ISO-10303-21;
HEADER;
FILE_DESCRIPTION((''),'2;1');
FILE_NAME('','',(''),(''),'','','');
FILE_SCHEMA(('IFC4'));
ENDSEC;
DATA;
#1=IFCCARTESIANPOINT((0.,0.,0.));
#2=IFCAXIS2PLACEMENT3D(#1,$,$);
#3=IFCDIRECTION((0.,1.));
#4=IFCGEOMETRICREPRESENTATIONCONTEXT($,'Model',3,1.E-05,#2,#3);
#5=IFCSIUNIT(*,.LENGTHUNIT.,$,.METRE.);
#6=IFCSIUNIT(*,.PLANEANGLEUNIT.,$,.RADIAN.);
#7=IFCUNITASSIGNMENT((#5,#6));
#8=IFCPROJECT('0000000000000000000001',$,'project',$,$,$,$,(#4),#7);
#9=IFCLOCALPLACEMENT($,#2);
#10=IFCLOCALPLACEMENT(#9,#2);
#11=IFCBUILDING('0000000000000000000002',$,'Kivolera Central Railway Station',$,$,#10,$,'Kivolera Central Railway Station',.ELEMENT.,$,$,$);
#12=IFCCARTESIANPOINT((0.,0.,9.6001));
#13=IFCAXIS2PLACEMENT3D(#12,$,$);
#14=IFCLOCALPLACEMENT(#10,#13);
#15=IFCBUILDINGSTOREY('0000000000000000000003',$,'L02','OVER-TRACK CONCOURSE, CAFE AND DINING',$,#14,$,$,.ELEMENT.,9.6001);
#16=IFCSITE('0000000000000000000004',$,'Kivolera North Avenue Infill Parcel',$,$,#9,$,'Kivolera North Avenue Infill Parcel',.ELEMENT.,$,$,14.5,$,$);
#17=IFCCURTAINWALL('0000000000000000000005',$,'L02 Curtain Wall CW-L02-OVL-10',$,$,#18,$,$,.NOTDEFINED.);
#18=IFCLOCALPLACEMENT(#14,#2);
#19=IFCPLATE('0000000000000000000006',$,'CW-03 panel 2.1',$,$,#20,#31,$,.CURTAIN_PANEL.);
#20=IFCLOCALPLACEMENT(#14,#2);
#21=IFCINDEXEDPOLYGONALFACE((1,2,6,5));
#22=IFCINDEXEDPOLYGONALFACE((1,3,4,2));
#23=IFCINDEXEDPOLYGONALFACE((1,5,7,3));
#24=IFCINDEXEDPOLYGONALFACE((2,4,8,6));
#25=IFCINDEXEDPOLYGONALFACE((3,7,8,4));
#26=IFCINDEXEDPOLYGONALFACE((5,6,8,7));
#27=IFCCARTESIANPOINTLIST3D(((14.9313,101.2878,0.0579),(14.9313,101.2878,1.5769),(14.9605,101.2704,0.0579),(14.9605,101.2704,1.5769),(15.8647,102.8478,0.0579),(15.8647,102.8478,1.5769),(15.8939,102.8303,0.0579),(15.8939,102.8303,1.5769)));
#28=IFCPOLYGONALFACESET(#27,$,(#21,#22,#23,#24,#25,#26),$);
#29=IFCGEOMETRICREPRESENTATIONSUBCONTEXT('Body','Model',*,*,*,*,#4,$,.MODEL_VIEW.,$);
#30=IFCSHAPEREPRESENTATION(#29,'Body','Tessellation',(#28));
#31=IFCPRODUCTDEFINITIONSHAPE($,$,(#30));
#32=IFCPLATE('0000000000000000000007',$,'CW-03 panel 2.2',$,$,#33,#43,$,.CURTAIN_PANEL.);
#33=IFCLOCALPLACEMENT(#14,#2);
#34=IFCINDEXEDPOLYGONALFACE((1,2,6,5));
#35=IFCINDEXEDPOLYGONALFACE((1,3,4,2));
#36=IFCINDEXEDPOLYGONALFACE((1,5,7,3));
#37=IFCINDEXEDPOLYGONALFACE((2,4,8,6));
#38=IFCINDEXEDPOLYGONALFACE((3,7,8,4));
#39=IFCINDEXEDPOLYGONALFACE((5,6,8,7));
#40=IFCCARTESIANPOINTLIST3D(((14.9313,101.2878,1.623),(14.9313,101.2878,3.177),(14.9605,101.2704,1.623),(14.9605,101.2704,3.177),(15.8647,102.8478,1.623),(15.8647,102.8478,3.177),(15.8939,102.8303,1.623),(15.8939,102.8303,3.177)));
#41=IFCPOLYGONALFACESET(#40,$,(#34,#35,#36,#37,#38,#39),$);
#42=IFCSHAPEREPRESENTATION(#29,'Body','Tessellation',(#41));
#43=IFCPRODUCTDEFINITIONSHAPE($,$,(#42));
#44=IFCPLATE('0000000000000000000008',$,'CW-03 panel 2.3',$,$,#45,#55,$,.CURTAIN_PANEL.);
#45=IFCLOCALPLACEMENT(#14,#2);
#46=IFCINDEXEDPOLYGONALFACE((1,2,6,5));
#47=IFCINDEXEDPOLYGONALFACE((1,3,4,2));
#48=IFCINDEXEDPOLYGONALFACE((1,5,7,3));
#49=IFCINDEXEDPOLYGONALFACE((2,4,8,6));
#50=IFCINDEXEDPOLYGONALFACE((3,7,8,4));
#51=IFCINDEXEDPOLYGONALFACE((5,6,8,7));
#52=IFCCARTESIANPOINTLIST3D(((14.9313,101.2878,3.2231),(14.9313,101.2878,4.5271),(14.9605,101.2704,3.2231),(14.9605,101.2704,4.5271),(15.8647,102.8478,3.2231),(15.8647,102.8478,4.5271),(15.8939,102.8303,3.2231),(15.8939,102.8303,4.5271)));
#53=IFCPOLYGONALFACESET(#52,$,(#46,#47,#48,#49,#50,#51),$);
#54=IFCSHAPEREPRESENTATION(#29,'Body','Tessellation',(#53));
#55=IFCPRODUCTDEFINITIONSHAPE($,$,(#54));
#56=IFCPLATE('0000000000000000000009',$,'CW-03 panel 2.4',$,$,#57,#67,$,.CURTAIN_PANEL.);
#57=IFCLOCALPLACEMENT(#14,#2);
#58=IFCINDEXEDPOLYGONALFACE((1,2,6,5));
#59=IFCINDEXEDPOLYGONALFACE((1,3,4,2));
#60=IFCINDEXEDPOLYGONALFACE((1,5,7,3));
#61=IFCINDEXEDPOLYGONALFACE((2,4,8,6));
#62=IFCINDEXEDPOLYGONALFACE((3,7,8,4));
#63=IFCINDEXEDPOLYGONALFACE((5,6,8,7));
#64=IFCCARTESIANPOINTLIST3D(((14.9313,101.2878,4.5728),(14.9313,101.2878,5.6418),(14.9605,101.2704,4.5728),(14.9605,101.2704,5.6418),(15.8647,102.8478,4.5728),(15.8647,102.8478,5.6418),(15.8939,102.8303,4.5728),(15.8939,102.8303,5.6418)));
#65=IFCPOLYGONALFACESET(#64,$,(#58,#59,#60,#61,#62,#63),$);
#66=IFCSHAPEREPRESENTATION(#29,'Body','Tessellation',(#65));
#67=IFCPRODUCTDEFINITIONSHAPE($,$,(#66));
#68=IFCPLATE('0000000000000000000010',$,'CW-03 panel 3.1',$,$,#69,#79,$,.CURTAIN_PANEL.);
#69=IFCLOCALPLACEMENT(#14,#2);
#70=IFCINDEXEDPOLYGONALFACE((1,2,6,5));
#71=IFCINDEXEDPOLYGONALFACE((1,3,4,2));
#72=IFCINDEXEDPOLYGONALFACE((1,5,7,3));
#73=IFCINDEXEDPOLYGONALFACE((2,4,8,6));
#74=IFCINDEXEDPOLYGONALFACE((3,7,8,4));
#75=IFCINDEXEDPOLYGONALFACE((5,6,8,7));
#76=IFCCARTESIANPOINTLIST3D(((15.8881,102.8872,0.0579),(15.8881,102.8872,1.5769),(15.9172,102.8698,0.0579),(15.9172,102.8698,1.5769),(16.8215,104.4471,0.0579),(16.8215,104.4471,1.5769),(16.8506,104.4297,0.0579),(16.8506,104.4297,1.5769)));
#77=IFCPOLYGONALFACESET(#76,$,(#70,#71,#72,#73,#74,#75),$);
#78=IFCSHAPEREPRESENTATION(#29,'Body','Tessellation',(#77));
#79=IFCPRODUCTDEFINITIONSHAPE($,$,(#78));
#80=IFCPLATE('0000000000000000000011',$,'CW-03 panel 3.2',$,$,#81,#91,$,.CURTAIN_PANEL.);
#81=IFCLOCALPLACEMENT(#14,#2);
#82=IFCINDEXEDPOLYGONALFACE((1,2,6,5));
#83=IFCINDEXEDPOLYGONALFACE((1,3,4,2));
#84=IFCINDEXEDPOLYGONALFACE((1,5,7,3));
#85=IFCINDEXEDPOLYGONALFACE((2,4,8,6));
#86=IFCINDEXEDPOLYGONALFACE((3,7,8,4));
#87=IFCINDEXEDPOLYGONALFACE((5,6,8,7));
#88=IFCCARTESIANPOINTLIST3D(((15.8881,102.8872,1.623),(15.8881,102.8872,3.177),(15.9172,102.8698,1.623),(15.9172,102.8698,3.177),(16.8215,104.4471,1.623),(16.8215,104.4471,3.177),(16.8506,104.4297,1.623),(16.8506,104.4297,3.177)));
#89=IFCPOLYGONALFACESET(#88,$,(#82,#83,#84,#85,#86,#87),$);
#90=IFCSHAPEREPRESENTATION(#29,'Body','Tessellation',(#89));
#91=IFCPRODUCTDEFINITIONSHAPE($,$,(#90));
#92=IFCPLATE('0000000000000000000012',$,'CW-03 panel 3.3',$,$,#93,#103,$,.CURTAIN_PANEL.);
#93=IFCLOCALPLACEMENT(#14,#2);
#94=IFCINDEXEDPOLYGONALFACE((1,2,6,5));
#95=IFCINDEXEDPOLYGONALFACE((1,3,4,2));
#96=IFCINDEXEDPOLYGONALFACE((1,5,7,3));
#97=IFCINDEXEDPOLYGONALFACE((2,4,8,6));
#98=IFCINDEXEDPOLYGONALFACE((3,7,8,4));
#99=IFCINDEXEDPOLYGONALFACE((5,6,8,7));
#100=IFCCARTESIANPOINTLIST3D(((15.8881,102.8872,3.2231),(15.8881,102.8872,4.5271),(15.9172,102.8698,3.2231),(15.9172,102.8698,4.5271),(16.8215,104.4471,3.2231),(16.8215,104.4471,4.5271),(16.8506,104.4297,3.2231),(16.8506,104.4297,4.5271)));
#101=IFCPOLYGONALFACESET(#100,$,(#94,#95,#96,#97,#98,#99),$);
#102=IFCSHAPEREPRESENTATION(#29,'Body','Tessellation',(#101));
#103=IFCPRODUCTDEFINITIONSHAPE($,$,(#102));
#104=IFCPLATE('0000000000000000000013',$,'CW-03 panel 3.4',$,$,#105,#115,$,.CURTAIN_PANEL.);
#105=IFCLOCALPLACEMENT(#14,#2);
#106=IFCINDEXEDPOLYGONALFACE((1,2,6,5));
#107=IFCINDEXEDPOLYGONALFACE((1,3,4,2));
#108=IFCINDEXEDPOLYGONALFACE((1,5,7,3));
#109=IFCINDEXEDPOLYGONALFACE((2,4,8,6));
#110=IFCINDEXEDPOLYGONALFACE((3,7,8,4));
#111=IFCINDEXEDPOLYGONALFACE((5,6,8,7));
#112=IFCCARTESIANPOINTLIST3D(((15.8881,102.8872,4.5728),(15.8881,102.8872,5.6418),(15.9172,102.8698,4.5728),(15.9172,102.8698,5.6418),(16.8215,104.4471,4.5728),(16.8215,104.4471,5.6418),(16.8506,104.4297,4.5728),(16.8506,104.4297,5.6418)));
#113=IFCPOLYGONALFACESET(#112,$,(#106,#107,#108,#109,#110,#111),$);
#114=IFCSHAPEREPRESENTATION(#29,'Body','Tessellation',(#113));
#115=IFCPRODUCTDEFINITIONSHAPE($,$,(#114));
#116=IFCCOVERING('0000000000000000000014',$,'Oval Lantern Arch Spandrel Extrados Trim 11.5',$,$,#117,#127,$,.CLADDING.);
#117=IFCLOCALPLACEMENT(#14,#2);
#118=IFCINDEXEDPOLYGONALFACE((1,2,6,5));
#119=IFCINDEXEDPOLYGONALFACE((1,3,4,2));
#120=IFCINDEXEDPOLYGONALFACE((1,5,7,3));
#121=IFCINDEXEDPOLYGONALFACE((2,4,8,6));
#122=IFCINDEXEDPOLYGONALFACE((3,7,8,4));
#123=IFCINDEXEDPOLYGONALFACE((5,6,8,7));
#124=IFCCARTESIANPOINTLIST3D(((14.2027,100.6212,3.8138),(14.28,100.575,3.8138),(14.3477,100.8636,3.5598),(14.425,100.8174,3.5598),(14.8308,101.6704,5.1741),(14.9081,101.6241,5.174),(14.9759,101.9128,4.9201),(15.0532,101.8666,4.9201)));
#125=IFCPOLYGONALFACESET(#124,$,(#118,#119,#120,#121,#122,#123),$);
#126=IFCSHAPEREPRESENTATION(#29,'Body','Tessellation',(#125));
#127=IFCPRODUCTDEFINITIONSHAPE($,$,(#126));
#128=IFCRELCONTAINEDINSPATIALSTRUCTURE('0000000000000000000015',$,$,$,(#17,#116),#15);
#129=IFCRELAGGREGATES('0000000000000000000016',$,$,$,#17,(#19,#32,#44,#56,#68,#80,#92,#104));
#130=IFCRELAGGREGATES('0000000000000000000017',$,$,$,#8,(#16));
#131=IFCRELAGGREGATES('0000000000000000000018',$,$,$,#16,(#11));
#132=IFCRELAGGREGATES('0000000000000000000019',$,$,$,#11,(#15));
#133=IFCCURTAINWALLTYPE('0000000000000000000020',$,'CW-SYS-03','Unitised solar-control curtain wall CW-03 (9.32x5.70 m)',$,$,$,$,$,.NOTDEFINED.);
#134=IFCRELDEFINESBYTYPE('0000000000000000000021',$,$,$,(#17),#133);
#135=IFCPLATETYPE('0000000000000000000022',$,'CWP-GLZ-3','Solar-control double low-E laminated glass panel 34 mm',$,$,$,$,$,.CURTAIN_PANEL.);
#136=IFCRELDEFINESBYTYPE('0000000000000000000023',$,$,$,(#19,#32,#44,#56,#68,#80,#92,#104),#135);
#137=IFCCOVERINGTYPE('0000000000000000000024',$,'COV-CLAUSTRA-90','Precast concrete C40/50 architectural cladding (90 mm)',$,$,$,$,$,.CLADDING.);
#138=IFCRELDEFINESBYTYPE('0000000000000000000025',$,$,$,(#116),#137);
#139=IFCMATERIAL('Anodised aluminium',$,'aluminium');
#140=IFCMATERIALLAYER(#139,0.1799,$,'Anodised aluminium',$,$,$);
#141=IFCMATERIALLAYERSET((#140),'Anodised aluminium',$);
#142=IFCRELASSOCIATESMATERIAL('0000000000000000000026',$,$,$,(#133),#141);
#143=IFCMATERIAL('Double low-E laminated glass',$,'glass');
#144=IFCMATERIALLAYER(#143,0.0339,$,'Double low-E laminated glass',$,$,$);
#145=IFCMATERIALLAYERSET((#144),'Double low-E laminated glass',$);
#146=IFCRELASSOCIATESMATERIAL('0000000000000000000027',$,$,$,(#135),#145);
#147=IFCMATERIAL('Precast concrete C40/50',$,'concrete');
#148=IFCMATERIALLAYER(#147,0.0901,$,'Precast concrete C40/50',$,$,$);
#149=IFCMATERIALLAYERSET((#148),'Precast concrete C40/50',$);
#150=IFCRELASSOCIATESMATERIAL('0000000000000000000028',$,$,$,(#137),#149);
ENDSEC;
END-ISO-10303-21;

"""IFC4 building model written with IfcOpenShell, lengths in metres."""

from ifc_helpers import new_model, si_unit, direction, frame, origin, origin_2d, place, context, subcontext, project, spatial, rectangle, extrude, material, layer, layer_set, type_object, element, aggregate, save


model = new_model("IFC4")

# Units and contexts
model_context = context("Model", 3, precision=1e-05, world=origin(), true_north=direction((0.0, 1.0)))
body_context = subcontext(model_context, "Body", "Model", "MODEL_VIEW")
ifc_project = project(units=[si_unit("LENGTHUNIT", "METRE"), si_unit("PLANEANGLEUNIT", "RADIAN")], contexts=[model_context])

# Site, building, storey
site_placement = place(None, origin())
site = spatial("IfcSite", under=ifc_project, at=site_placement, Name="Kivolera North Avenue Infill Parcel", LongName="Kivolera North Avenue Infill Parcel", CompositionType="ELEMENT", RefElevation=14.5)
building_placement = place(site_placement, origin())
building = spatial("IfcBuilding", under=site, at=building_placement, Name="Kivolera Central Railway Station", LongName="Kivolera Central Railway Station", CompositionType="ELEMENT")
storey_placement = place(building_placement, frame((0.0, 0.0, 9.6001)))
storey = spatial("IfcBuildingStorey", under=building, at=storey_placement, Name="L02", Description="OVER-TRACK CONCOURSE, CAFE AND DINING", CompositionType="ELEMENT", Elevation=9.6001)

# Curtain wall, plates
ifc_material_1 = material(Name="Anodised aluminium", Category="aluminium")
ifc_layer_1 = layer(ifc_material_1, 0.1799, Name="Anodised aluminium")
ifc_layer_set_1 = layer_set([ifc_layer_1], Name="Anodised aluminium")
curtain_wall_type = type_object("IfcCurtainWallType", Name="CW-SYS-03", Description="Unitised solar-control curtain wall CW-03 (9.32x5.70 m)", PredefinedType="NOTDEFINED", material=ifc_layer_set_1)
curtain_wall_placement = place(storey_placement, origin())
curtain_wall = element("IfcCurtainWall", 1, at=curtain_wall_placement, inside=storey, type_object=curtain_wall_type, Name="L02 Curtain Wall CW-L02-OVL-10", PredefinedType="NOTDEFINED")
ifc_material_2 = material(Name="Double low-E laminated glass", Category="glass")
ifc_layer_2 = layer(ifc_material_2, 0.0339, Name="Double low-E laminated glass")
ifc_layer_set_2 = layer_set([ifc_layer_2], Name="Double low-E laminated glass")
plate_type = type_object("IfcPlateType", Name="CWP-GLZ-3", Description="Solar-control double low-E laminated glass panel 34 mm", PredefinedType="CURTAIN_PANEL", material=ifc_layer_set_2)
plate_1_placement = place(storey_placement, frame((15.4126, 102.0591, 0.0579), z_axis=(0.0, 0.0, 1.0), x_axis=(0.513454, 0.858117, 0.0)))
plate_1 = element("IfcPlate", 2, at=plate_1_placement, type_object=plate_type, Name="CW-03 panel 2.1", PredefinedType="CURTAIN_PANEL", context=body_context, shape_type="SweptSolid", body=[
    extrude(rectangle(XDim=1.8179, YDim=0.0339, at=origin_2d()), origin(), (0.0, 0.0, 1.0), 1.519),
])
plate_2_placement = place(storey_placement, frame((15.4126, 102.0591, 1.623), z_axis=(0.0, 0.0, 1.0), x_axis=(0.513454, 0.858117, 0.0)))
plate_2 = element("IfcPlate", 3, at=plate_2_placement, type_object=plate_type, Name="CW-03 panel 2.2", PredefinedType="CURTAIN_PANEL", context=body_context, shape_type="SweptSolid", body=[
    extrude(rectangle(XDim=1.8179, YDim=0.0339, at=origin_2d()), origin(), (0.0, 0.0, 1.0), 1.554),
])
plate_3_placement = place(storey_placement, frame((15.4126, 102.0591, 3.2231), z_axis=(0.0, 0.0, 1.0), x_axis=(0.513454, 0.858117, 0.0)))
plate_3 = element("IfcPlate", 4, at=plate_3_placement, type_object=plate_type, Name="CW-03 panel 2.3", PredefinedType="CURTAIN_PANEL", context=body_context, shape_type="SweptSolid", body=[
    extrude(rectangle(XDim=1.8179, YDim=0.0339, at=origin_2d()), origin(), (0.0, 0.0, 1.0), 1.304),
])
plate_4_placement = place(storey_placement, frame((15.4126, 102.0591, 4.5728), z_axis=(0.0, 0.0, 1.0), x_axis=(0.513454, 0.858117, 0.0)))
plate_4 = element("IfcPlate", 5, at=plate_4_placement, type_object=plate_type, Name="CW-03 panel 2.4", PredefinedType="CURTAIN_PANEL", context=body_context, shape_type="SweptSolid", body=[
    extrude(rectangle(XDim=1.8179, YDim=0.0339, at=origin_2d()), origin(), (0.0, 0.0, 1.0), 1.0691),
])
plate_5_placement = place(storey_placement, frame((16.3694, 103.6584, 0.0579), z_axis=(0.0, 0.0, 1.0), x_axis=(0.513454, 0.858117, 0.0)))
plate_5 = element("IfcPlate", 6, at=plate_5_placement, type_object=plate_type, Name="CW-03 panel 3.1", PredefinedType="CURTAIN_PANEL", context=body_context, shape_type="SweptSolid", body=[
    extrude(rectangle(XDim=1.8179, YDim=0.0339, at=origin_2d()), origin(), (0.0, 0.0, 1.0), 1.519),
])
plate_6_placement = place(storey_placement, frame((16.3694, 103.6584, 1.623), z_axis=(0.0, 0.0, 1.0), x_axis=(0.513454, 0.858117, 0.0)))
plate_6 = element("IfcPlate", 7, at=plate_6_placement, type_object=plate_type, Name="CW-03 panel 3.2", PredefinedType="CURTAIN_PANEL", context=body_context, shape_type="SweptSolid", body=[
    extrude(rectangle(XDim=1.8179, YDim=0.0339, at=origin_2d()), origin(), (0.0, 0.0, 1.0), 1.554),
])
plate_7_placement = place(storey_placement, frame((16.3694, 103.6584, 3.2231), z_axis=(0.0, 0.0, 1.0), x_axis=(0.513454, 0.858117, 0.0)))
plate_7 = element("IfcPlate", 8, at=plate_7_placement, type_object=plate_type, Name="CW-03 panel 3.3", PredefinedType="CURTAIN_PANEL", context=body_context, shape_type="SweptSolid", body=[
    extrude(rectangle(XDim=1.8179, YDim=0.0339, at=origin_2d()), origin(), (0.0, 0.0, 1.0), 1.304),
])
plate_8_placement = place(storey_placement, frame((16.3694, 103.6584, 4.5728), z_axis=(0.0, 0.0, 1.0), x_axis=(0.513454, 0.858117, 0.0)))
plate_8 = element("IfcPlate", 9, at=plate_8_placement, type_object=plate_type, Name="CW-03 panel 3.4", PredefinedType="CURTAIN_PANEL", context=body_context, shape_type="SweptSolid", body=[
    extrude(rectangle(XDim=1.8179, YDim=0.0339, at=origin_2d()), origin(), (0.0, 0.0, 1.0), 1.0691),
])
aggregate(curtain_wall, [plate_1, plate_2, plate_3, plate_4, plate_5, plate_6, plate_7, plate_8])

# Covering
ifc_material_3 = material(Name="Precast concrete C40/50", Category="concrete")
ifc_layer_3 = layer(ifc_material_3, 0.0901, Name="Precast concrete C40/50")
ifc_layer_set_3 = layer_set([ifc_layer_3], Name="Precast concrete C40/50")
covering_type = type_object("IfcCoveringType", Name="COV-CLAUSTRA-90", Description="Precast concrete C40/50 architectural cladding (90 mm)", PredefinedType="CLADDING", material=ifc_layer_set_3)
covering_placement = place(storey_placement, frame((14.6279, 101.2439, 4.3669), z_axis=(-0.343401, -0.573611, -0.743671), x_axis=(-0.858138, 0.51342, 0.0)))
element("IfcCovering", 10, at=covering_placement, inside=storey, type_object=covering_type, Name="Oval Lantern Arch Spandrel Extrados Trim 11.5", PredefinedType="CLADDING", context=body_context, shape_type="SweptSolid", body=[
    extrude(rectangle(XDim=0.0901, YDim=0.3799, at=origin_2d()), frame((0.0, 0.0, -0.9146)), (0.0, 0.0, 1.0), 1.8291),
])

save(model, "model.ifc")
